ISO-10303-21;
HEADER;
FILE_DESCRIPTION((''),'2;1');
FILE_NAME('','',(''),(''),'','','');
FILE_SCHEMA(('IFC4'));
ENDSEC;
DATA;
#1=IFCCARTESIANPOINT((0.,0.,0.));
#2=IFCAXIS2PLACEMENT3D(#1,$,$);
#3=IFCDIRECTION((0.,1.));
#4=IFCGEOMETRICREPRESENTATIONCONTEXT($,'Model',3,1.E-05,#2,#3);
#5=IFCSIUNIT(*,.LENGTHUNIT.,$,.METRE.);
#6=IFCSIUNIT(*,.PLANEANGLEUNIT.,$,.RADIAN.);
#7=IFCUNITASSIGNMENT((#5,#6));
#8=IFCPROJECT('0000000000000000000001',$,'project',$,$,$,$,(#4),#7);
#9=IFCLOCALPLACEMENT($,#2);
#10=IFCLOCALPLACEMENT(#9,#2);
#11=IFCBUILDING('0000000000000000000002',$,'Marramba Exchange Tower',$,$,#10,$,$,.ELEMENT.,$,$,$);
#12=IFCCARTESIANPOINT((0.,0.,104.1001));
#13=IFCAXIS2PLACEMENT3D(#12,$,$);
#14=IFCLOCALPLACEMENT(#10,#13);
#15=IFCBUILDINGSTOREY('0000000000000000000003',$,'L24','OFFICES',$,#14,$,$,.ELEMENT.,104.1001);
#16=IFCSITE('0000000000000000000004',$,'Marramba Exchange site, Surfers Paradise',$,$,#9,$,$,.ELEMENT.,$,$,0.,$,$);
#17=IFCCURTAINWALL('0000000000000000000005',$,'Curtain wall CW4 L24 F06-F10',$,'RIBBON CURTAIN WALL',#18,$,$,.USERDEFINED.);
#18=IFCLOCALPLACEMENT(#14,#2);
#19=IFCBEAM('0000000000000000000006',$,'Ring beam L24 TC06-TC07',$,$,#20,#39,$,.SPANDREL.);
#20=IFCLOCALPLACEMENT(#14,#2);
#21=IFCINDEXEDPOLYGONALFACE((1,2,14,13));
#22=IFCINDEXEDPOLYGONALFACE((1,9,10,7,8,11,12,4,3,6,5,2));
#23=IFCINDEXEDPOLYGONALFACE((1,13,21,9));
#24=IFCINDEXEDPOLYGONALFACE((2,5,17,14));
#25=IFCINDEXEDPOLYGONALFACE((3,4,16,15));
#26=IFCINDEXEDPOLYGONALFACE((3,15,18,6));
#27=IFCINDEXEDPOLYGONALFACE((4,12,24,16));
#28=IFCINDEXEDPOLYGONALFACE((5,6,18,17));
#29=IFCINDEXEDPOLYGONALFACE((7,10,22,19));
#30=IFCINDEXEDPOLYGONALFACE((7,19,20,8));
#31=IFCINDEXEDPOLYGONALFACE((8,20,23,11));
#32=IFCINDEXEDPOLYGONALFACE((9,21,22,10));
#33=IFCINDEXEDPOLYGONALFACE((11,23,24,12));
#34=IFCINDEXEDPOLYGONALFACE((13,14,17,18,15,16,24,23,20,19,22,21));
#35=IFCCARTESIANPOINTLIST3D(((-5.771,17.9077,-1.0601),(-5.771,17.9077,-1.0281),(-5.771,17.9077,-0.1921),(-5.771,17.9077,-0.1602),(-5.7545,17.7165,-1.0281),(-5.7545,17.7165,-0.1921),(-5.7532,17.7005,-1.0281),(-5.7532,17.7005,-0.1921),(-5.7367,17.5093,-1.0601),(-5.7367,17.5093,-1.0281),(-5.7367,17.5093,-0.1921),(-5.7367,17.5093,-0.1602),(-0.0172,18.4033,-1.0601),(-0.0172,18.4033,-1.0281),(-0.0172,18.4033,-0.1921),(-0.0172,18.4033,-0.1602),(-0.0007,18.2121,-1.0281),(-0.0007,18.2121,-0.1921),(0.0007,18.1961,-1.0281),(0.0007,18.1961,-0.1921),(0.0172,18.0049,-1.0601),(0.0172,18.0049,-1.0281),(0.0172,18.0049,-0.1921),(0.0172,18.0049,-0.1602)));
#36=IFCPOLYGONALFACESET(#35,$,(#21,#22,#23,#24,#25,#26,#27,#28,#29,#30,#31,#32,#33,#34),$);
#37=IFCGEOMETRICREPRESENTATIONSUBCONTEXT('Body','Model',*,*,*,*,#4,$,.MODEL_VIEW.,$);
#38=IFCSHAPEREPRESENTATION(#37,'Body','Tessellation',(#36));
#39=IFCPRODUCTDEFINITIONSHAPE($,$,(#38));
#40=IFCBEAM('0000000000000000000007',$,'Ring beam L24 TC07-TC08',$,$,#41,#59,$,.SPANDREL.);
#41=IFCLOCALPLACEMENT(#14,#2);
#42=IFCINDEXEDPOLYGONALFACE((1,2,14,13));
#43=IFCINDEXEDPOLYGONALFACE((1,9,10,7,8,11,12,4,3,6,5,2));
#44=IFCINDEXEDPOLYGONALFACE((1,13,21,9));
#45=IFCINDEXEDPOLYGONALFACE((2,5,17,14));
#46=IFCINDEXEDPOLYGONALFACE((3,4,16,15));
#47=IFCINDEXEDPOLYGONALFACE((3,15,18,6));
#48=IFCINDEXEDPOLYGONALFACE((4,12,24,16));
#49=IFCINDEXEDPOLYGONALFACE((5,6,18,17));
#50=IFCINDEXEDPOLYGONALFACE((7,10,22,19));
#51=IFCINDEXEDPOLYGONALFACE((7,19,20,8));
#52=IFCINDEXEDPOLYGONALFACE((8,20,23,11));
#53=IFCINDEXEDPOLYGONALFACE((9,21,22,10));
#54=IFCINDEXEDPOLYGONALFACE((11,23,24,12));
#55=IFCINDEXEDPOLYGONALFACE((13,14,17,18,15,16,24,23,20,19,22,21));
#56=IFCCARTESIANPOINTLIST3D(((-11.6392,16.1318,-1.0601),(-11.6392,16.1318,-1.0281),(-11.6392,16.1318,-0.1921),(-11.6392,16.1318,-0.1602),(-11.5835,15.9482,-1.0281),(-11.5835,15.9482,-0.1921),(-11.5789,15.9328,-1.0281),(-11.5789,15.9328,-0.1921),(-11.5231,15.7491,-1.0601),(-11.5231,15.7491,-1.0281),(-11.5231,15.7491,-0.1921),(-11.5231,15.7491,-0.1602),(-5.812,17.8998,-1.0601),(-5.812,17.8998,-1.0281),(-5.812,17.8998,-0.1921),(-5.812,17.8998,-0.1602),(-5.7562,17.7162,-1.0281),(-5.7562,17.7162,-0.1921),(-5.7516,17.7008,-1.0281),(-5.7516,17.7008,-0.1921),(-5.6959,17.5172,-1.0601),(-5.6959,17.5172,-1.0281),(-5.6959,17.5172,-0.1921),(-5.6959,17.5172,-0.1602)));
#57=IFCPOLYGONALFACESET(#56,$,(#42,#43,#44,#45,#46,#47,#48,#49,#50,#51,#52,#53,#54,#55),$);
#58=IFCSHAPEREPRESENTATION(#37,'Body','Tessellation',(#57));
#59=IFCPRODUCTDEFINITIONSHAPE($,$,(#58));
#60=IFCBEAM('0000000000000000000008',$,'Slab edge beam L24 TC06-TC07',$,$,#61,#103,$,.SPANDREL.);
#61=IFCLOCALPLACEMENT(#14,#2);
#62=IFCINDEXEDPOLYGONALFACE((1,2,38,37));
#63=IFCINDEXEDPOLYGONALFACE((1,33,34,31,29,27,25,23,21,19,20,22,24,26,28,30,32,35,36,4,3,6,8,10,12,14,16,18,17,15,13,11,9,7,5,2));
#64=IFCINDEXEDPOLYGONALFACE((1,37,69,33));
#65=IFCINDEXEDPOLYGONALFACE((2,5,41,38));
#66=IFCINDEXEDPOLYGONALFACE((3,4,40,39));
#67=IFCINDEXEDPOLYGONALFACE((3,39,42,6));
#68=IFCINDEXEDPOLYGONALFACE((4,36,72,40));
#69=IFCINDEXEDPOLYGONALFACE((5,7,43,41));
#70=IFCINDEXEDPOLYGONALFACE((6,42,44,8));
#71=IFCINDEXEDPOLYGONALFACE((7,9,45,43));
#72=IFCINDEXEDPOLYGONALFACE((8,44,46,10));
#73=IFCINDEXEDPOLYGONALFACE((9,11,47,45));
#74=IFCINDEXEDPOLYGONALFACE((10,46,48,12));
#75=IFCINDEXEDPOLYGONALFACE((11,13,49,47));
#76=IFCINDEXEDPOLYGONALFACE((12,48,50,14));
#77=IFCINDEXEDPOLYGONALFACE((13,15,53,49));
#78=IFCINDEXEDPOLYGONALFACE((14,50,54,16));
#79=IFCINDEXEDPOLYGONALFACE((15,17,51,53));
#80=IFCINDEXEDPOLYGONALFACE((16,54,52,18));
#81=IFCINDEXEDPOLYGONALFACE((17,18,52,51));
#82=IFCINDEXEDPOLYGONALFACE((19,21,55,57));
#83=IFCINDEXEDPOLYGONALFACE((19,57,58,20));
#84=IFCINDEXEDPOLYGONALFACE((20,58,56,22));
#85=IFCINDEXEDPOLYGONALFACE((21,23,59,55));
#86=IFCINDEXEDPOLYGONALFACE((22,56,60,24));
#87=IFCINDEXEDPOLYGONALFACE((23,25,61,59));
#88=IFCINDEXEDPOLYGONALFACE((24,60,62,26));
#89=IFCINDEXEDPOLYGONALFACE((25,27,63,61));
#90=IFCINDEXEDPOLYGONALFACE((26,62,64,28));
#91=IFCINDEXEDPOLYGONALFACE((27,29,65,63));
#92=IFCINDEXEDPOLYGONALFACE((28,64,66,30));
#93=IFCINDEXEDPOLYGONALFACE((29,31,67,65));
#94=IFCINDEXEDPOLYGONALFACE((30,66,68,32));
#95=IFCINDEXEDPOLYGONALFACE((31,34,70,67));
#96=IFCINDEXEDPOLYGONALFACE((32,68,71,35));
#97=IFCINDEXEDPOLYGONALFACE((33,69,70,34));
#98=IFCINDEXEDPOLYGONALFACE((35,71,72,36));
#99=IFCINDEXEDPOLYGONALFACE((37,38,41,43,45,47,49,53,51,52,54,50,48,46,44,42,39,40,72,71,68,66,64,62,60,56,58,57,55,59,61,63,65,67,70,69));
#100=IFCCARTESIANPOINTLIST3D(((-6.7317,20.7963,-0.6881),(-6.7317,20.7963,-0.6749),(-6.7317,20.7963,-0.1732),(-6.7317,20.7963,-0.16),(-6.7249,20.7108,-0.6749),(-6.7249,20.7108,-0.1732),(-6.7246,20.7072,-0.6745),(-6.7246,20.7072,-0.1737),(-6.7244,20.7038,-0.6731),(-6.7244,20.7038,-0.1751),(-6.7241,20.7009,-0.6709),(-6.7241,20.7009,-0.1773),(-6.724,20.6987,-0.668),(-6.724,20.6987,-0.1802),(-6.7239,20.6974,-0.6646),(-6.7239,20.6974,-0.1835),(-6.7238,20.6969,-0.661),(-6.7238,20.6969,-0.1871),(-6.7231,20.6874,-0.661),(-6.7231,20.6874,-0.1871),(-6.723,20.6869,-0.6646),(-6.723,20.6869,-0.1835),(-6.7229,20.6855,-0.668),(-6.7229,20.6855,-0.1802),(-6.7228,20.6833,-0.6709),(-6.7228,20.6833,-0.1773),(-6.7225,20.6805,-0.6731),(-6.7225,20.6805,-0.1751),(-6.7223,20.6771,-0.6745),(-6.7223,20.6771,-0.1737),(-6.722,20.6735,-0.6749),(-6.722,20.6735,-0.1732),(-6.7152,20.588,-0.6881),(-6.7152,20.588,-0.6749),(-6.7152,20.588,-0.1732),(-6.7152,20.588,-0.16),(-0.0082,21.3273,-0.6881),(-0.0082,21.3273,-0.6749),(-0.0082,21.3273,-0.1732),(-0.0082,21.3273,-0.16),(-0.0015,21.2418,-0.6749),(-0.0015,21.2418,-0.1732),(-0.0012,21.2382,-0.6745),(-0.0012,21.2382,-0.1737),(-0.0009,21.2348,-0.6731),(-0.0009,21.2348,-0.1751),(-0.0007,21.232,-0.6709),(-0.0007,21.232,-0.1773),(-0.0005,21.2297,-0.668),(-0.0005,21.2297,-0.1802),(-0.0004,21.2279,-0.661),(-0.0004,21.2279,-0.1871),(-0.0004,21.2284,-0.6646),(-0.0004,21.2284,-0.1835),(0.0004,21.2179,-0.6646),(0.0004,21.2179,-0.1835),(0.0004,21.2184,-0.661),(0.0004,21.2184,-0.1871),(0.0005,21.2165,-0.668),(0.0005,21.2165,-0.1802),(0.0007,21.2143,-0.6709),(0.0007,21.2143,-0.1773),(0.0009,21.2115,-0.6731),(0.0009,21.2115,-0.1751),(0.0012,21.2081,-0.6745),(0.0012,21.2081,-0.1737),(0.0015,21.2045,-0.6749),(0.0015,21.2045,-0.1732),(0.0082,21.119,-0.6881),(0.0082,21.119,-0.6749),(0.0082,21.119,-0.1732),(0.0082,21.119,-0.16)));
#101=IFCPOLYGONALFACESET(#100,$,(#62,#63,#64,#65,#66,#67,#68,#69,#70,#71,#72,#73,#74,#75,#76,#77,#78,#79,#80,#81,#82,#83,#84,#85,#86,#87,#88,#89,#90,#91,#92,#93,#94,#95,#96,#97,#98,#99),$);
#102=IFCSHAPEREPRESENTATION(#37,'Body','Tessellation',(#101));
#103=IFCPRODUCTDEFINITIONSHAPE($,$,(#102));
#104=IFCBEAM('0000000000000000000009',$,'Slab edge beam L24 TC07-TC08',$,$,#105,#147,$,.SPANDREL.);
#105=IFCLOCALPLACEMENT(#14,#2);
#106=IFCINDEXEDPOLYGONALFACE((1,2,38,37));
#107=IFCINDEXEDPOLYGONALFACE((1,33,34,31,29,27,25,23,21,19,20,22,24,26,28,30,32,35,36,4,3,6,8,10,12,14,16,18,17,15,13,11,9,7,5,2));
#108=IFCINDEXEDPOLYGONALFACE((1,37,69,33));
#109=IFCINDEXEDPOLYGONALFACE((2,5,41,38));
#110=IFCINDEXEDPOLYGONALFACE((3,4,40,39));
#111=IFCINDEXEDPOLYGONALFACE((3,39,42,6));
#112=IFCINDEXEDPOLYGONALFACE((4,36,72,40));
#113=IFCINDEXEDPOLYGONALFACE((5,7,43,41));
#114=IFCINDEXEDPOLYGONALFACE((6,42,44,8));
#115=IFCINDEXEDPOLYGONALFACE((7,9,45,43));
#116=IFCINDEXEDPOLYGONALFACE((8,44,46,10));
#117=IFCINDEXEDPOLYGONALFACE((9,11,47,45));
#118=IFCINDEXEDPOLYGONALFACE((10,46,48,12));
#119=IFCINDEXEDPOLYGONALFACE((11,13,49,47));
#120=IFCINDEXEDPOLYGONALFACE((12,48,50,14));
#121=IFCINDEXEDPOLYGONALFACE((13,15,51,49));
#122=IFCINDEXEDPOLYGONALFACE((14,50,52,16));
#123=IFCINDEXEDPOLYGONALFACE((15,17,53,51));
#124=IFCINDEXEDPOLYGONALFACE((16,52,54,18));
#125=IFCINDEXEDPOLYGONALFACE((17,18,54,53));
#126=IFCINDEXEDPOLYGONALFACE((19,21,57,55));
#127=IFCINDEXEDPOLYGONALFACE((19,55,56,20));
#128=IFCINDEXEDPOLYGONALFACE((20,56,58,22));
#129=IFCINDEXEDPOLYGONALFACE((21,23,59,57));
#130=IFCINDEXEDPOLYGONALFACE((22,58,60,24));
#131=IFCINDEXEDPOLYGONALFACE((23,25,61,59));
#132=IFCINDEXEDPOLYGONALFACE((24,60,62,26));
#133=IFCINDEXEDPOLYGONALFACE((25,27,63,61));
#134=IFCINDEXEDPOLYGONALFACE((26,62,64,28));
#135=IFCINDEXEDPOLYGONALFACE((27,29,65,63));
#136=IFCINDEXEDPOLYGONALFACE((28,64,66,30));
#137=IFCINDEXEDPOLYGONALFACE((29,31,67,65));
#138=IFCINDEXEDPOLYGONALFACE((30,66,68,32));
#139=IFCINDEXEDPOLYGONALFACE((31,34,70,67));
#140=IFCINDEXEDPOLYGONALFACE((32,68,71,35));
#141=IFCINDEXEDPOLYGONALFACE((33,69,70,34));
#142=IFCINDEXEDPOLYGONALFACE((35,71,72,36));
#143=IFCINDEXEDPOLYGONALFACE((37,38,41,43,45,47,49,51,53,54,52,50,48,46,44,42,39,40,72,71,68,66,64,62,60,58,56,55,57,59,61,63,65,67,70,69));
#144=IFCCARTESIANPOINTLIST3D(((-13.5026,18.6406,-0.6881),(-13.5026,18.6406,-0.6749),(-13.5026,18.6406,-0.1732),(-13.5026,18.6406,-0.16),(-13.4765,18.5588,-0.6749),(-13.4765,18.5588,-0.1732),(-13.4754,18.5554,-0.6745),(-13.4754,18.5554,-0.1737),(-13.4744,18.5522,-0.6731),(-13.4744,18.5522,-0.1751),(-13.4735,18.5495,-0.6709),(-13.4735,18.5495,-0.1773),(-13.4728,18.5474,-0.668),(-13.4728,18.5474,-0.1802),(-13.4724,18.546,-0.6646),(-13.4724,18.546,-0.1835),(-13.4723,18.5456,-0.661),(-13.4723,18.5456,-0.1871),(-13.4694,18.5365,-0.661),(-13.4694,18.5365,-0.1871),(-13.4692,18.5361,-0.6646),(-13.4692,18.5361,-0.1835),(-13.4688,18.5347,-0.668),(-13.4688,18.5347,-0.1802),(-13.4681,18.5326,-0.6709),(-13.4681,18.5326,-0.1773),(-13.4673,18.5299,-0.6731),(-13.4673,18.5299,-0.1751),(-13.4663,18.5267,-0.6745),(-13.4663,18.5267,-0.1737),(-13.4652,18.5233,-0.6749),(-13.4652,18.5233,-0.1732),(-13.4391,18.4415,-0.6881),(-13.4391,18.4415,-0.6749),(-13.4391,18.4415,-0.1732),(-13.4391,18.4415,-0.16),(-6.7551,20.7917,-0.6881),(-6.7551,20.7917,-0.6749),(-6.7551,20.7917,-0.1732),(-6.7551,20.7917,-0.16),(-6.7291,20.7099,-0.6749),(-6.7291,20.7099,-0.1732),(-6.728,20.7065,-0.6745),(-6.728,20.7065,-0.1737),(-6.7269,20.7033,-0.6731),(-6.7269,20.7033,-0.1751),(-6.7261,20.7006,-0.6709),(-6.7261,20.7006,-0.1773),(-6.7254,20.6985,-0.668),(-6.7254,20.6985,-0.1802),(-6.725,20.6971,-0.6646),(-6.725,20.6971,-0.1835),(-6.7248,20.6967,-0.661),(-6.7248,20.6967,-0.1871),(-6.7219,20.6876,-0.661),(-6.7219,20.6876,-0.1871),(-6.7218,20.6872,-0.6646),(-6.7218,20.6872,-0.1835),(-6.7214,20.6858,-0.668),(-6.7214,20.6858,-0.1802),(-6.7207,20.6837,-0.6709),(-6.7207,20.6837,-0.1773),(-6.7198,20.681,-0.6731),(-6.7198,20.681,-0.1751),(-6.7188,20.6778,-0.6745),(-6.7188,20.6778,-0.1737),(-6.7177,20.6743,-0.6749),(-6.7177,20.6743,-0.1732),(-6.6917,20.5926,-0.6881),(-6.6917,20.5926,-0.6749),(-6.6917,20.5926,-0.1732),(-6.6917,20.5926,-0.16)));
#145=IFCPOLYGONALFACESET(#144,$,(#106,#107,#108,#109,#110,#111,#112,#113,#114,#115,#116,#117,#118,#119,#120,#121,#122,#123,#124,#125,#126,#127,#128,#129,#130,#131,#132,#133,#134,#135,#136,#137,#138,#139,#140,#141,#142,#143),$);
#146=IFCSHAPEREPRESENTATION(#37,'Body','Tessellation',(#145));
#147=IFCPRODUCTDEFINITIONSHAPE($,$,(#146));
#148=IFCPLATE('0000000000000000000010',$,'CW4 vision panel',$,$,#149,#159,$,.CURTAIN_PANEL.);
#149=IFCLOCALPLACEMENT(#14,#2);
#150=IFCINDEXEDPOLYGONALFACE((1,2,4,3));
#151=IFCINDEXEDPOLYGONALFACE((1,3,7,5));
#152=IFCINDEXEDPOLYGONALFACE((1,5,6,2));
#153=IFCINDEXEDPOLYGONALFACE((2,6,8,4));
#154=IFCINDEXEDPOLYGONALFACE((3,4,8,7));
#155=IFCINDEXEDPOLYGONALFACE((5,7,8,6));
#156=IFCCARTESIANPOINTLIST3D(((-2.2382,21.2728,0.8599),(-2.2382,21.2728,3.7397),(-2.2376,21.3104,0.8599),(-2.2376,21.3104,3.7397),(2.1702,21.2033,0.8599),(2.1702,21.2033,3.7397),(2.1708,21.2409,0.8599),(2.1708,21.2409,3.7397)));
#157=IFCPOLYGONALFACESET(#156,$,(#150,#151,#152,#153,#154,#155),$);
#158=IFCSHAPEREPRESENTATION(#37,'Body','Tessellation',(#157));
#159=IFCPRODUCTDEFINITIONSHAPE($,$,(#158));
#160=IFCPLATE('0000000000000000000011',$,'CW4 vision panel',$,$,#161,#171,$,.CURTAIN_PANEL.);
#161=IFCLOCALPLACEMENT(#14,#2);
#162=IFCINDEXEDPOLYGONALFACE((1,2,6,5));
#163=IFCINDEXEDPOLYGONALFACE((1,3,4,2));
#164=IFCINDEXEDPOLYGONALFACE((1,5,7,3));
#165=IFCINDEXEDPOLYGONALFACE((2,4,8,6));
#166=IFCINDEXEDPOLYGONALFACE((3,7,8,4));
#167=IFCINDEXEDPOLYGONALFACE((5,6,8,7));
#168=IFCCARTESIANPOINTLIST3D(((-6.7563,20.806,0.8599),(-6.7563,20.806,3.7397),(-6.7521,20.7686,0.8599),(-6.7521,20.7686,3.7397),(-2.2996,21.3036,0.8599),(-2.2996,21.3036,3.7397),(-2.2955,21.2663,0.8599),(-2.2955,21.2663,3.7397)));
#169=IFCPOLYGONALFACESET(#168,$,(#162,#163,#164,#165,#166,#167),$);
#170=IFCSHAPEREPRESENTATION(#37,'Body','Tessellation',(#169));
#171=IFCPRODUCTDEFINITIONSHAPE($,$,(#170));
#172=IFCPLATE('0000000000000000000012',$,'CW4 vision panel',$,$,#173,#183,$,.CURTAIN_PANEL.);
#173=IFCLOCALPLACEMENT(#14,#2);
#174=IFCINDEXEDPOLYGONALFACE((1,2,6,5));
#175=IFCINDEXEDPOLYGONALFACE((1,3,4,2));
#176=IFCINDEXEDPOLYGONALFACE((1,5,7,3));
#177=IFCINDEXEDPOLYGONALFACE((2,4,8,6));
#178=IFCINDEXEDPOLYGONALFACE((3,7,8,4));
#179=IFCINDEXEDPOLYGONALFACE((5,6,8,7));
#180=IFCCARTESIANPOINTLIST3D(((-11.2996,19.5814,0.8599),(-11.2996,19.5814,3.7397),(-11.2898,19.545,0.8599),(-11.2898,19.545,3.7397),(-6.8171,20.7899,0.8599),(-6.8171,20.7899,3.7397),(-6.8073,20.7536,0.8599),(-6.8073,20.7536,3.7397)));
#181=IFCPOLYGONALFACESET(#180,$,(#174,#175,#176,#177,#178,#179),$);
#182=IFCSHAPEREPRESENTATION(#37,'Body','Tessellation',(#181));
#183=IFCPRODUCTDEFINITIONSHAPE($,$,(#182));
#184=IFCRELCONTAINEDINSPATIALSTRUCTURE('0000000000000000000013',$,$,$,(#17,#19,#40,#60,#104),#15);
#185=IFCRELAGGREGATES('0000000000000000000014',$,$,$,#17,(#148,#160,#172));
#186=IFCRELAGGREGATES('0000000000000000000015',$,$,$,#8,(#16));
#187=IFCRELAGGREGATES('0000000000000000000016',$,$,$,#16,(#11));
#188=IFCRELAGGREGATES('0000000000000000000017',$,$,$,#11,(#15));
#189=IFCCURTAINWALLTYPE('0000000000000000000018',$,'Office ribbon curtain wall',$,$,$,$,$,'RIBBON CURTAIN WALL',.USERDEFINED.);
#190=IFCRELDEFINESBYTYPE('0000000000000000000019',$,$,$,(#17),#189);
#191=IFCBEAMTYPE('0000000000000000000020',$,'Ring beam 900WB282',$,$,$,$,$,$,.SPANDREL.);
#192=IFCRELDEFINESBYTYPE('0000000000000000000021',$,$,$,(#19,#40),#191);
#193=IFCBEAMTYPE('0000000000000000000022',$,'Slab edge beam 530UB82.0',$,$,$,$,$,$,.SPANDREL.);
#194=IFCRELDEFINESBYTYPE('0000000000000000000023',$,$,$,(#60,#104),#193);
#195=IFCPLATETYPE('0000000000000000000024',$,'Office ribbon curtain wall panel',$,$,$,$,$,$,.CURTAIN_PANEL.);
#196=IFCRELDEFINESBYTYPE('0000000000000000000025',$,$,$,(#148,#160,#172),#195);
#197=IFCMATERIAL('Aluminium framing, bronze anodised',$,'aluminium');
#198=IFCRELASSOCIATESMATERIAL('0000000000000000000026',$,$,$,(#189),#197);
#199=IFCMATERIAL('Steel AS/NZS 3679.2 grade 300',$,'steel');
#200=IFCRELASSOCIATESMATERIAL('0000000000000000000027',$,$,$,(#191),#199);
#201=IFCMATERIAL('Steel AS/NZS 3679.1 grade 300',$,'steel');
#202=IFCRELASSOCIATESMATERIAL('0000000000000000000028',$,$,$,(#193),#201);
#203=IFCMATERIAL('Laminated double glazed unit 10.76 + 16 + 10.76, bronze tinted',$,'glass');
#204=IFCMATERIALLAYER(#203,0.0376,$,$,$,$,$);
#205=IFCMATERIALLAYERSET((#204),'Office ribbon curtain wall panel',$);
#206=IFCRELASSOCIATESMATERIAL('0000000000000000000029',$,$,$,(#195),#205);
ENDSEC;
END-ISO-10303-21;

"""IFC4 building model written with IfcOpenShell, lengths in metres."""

from ifc_helpers import new_model, si_unit, direction, frame, origin, origin_2d, place, context, subcontext, project, spatial, rectangle, i_section, extrude, material, layer, layer_set, material_profile, profile_set, type_object, element, aggregate, save


model = new_model("IFC4")

# Units and contexts
model_context = context("Model", 3, precision=1e-05, world=origin(), true_north=direction((0.0, 1.0)))
body_context = subcontext(model_context, "Body", "Model", "MODEL_VIEW")
ifc_project = project(units=[si_unit("LENGTHUNIT", "METRE"), si_unit("PLANEANGLEUNIT", "RADIAN")], contexts=[model_context])

# Site, building, storey
site_placement = place(None, origin())
site = spatial("IfcSite", under=ifc_project, at=site_placement, Name="Marramba Exchange site, Surfers Paradise", CompositionType="ELEMENT", RefElevation=0.0)
building_placement = place(site_placement, origin())
building = spatial("IfcBuilding", under=site, at=building_placement, Name="Marramba Exchange Tower", CompositionType="ELEMENT")
storey_placement = place(building_placement, frame((0.0, 0.0, 104.1001)))
storey = spatial("IfcBuildingStorey", under=building, at=storey_placement, Name="L24", Description="OFFICES", CompositionType="ELEMENT", Elevation=104.1001)

# Shared definitions
ifc_material_1 = material(Name="Steel AS/NZS 3679.2 grade 300", Category="steel")

# Curtain wall
ifc_material_2 = material(Name="Aluminium framing, bronze anodised", Category="aluminium")
curtain_wall_type = type_object("IfcCurtainWallType", Name="Office ribbon curtain wall", ElementType="RIBBON CURTAIN WALL", PredefinedType="USERDEFINED", material=ifc_material_2)
curtain_wall_1_placement = place(storey_placement, origin())
curtain_wall_1 = element("IfcCurtainWall", 1, at=curtain_wall_1_placement, inside=storey, type_object=curtain_wall_type, Name="Curtain wall CW4 L24 F06-F10", ObjectType="RIBBON CURTAIN WALL", PredefinedType="USERDEFINED")

# Beams
ifc_material_profile_1 = material_profile(ifc_material_1, i_section(OverallWidth=0.3999, OverallDepth=0.8999, WebThickness=0.0161, FlangeThickness=0.032, at=origin_2d()), Name="900WB282")
ifc_profile_set_1 = profile_set([ifc_material_profile_1], Name="Steel AS/NZS 3679.2 grade 300")
beam_type_1 = type_object("IfcBeamType", Name="Ring beam 900WB282", PredefinedType="SPANDREL", material=ifc_profile_set_1)
beam_1_placement = place(storey_placement, frame((0.0, 18.2041, -0.6101), z_axis=(-0.996311, -0.085816, 0.0), x_axis=(0.085816, -0.996311, 0.0)))
element("IfcBeam", 2, at=beam_1_placement, inside=storey, type_object=beam_type_1, Name="Ring beam L24 TC06-TC07", PredefinedType="SPANDREL", context=body_context, shape_type="SweptSolid", body=[
    extrude(i_section(OverallWidth=0.3999, OverallDepth=0.8999, WebThickness=0.0161, FlangeThickness=0.032, at=origin_2d()), origin(), (0.0, 0.0, 1.0), 5.7751),
])
beam_2_placement = place(storey_placement, frame((-5.7539, 17.7085, -0.6101), z_axis=(-0.956925, -0.290337, 0.0), x_axis=(0.290337, -0.956925, 0.0)))
element("IfcBeam", 3, at=beam_2_placement, inside=storey, type_object=beam_type_1, Name="Ring beam L24 TC07-TC08", PredefinedType="SPANDREL", context=body_context, shape_type="SweptSolid", body=[
    extrude(i_section(OverallWidth=0.3999, OverallDepth=0.8999, WebThickness=0.0161, FlangeThickness=0.032, at=origin_2d()), origin(), (0.0, 0.0, 1.0), 6.0896),
])
ifc_material_3 = material(Name="Steel AS/NZS 3679.1 grade 300", Category="steel")
ifc_material_profile_2 = material_profile(ifc_material_3, i_section(OverallWidth=0.209, OverallDepth=0.5281, WebThickness=0.0095, FlangeThickness=0.0132, FilletRadius=0.0139, at=origin_2d()), Name="530UB82.0")
ifc_profile_set_2 = profile_set([ifc_material_profile_2], Name="Steel AS/NZS 3679.1 grade 300")
beam_type_2 = type_object("IfcBeamType", Name="Slab edge beam 530UB82.0", PredefinedType="SPANDREL", material=ifc_profile_set_2)
beam_3_placement = place(storey_placement, frame((0.0, 21.2231, -0.4241), z_axis=(-0.996896, -0.078734, 0.0), x_axis=(0.078734, -0.996896, 0.0)))
element("IfcBeam", 4, at=beam_3_placement, inside=storey, type_object=beam_type_2, Name="Slab edge beam L24 TC06-TC07", PredefinedType="SPANDREL", context=body_context, shape_type="SweptSolid", body=[
    extrude(i_section(OverallWidth=0.209, OverallDepth=0.5281, WebThickness=0.0095, FlangeThickness=0.0132, FilletRadius=0.0139, at=origin_2d()), origin(), (0.0, 0.0, 1.0), 6.7444),
])
beam_4_placement = place(storey_placement, frame((-6.7234, 20.6921, -0.4241), z_axis=(-0.952755, -0.303739, 0.0), x_axis=(0.303739, -0.952755, 0.0)))
element("IfcBeam", 5, at=beam_4_placement, inside=storey, type_object=beam_type_2, Name="Slab edge beam L24 TC07-TC08", PredefinedType="SPANDREL", context=body_context, shape_type="SweptSolid", body=[
    extrude(i_section(OverallWidth=0.209, OverallDepth=0.5281, WebThickness=0.0095, FlangeThickness=0.0132, FilletRadius=0.0139, at=origin_2d()), origin(), (0.0, 0.0, 1.0), 7.082),
])

# Plates
ifc_material_4 = material(Name="Laminated double glazed unit 10.76 + 16 + 10.76, bronze tinted", Category="glass")
ifc_layer_1 = layer(ifc_material_4, 0.0376)
ifc_layer_set_1 = layer_set([ifc_layer_1], Name="Office ribbon curtain wall panel")
plate_type = type_object("IfcPlateType", Name="Office ribbon curtain wall panel", PredefinedType="CURTAIN_PANEL", material=ifc_layer_set_1)
plate_1_placement = place(storey_placement, frame((-0.0337, 21.2568, 0.8599), z_axis=(0.0, 0.0, 1.0), x_axis=(-0.999876, 0.015756, 0.0)))
plate_1 = element("IfcPlate", 6, at=plate_1_placement, type_object=plate_type, Name="CW4 vision panel", PredefinedType="CURTAIN_PANEL", context=body_context, shape_type="SweptSolid", body=[
    extrude(rectangle(XDim=4.4089, YDim=0.0376, at=origin_2d()), origin(), (0.0, 0.0, 1.0), 2.8799),
])
plate_2_placement = place(storey_placement, frame((-4.5259, 21.0361, 0.8599), z_axis=(0.0, 0.0, 1.0), x_axis=(-0.993823, -0.110973, 0.0)))
plate_2 = element("IfcPlate", 7, at=plate_2_placement, type_object=plate_type, Name="CW4 vision panel", PredefinedType="CURTAIN_PANEL", context=body_context, shape_type="SweptSolid", body=[
    extrude(rectangle(XDim=4.4844, YDim=0.0376, at=origin_2d()), origin(), (0.0, 0.0, 1.0), 2.8799),
])
plate_3_placement = place(storey_placement, frame((-9.0535, 20.1675, 0.8599), z_axis=(0.0, 0.0, 1.0), x_axis=(-0.965522, -0.260321, 0.0)))
plate_3 = element("IfcPlate", 8, at=plate_3_placement, type_object=plate_type, Name="CW4 vision panel", PredefinedType="CURTAIN_PANEL", context=body_context, shape_type="SweptSolid", body=[
    extrude(rectangle(XDim=4.6426, YDim=0.0376, at=origin_2d()), origin(), (0.0, 0.0, 1.0), 2.8799),
])
aggregate(curtain_wall_1, [plate_1, plate_2, plate_3])

save(model, "model.ifc")
